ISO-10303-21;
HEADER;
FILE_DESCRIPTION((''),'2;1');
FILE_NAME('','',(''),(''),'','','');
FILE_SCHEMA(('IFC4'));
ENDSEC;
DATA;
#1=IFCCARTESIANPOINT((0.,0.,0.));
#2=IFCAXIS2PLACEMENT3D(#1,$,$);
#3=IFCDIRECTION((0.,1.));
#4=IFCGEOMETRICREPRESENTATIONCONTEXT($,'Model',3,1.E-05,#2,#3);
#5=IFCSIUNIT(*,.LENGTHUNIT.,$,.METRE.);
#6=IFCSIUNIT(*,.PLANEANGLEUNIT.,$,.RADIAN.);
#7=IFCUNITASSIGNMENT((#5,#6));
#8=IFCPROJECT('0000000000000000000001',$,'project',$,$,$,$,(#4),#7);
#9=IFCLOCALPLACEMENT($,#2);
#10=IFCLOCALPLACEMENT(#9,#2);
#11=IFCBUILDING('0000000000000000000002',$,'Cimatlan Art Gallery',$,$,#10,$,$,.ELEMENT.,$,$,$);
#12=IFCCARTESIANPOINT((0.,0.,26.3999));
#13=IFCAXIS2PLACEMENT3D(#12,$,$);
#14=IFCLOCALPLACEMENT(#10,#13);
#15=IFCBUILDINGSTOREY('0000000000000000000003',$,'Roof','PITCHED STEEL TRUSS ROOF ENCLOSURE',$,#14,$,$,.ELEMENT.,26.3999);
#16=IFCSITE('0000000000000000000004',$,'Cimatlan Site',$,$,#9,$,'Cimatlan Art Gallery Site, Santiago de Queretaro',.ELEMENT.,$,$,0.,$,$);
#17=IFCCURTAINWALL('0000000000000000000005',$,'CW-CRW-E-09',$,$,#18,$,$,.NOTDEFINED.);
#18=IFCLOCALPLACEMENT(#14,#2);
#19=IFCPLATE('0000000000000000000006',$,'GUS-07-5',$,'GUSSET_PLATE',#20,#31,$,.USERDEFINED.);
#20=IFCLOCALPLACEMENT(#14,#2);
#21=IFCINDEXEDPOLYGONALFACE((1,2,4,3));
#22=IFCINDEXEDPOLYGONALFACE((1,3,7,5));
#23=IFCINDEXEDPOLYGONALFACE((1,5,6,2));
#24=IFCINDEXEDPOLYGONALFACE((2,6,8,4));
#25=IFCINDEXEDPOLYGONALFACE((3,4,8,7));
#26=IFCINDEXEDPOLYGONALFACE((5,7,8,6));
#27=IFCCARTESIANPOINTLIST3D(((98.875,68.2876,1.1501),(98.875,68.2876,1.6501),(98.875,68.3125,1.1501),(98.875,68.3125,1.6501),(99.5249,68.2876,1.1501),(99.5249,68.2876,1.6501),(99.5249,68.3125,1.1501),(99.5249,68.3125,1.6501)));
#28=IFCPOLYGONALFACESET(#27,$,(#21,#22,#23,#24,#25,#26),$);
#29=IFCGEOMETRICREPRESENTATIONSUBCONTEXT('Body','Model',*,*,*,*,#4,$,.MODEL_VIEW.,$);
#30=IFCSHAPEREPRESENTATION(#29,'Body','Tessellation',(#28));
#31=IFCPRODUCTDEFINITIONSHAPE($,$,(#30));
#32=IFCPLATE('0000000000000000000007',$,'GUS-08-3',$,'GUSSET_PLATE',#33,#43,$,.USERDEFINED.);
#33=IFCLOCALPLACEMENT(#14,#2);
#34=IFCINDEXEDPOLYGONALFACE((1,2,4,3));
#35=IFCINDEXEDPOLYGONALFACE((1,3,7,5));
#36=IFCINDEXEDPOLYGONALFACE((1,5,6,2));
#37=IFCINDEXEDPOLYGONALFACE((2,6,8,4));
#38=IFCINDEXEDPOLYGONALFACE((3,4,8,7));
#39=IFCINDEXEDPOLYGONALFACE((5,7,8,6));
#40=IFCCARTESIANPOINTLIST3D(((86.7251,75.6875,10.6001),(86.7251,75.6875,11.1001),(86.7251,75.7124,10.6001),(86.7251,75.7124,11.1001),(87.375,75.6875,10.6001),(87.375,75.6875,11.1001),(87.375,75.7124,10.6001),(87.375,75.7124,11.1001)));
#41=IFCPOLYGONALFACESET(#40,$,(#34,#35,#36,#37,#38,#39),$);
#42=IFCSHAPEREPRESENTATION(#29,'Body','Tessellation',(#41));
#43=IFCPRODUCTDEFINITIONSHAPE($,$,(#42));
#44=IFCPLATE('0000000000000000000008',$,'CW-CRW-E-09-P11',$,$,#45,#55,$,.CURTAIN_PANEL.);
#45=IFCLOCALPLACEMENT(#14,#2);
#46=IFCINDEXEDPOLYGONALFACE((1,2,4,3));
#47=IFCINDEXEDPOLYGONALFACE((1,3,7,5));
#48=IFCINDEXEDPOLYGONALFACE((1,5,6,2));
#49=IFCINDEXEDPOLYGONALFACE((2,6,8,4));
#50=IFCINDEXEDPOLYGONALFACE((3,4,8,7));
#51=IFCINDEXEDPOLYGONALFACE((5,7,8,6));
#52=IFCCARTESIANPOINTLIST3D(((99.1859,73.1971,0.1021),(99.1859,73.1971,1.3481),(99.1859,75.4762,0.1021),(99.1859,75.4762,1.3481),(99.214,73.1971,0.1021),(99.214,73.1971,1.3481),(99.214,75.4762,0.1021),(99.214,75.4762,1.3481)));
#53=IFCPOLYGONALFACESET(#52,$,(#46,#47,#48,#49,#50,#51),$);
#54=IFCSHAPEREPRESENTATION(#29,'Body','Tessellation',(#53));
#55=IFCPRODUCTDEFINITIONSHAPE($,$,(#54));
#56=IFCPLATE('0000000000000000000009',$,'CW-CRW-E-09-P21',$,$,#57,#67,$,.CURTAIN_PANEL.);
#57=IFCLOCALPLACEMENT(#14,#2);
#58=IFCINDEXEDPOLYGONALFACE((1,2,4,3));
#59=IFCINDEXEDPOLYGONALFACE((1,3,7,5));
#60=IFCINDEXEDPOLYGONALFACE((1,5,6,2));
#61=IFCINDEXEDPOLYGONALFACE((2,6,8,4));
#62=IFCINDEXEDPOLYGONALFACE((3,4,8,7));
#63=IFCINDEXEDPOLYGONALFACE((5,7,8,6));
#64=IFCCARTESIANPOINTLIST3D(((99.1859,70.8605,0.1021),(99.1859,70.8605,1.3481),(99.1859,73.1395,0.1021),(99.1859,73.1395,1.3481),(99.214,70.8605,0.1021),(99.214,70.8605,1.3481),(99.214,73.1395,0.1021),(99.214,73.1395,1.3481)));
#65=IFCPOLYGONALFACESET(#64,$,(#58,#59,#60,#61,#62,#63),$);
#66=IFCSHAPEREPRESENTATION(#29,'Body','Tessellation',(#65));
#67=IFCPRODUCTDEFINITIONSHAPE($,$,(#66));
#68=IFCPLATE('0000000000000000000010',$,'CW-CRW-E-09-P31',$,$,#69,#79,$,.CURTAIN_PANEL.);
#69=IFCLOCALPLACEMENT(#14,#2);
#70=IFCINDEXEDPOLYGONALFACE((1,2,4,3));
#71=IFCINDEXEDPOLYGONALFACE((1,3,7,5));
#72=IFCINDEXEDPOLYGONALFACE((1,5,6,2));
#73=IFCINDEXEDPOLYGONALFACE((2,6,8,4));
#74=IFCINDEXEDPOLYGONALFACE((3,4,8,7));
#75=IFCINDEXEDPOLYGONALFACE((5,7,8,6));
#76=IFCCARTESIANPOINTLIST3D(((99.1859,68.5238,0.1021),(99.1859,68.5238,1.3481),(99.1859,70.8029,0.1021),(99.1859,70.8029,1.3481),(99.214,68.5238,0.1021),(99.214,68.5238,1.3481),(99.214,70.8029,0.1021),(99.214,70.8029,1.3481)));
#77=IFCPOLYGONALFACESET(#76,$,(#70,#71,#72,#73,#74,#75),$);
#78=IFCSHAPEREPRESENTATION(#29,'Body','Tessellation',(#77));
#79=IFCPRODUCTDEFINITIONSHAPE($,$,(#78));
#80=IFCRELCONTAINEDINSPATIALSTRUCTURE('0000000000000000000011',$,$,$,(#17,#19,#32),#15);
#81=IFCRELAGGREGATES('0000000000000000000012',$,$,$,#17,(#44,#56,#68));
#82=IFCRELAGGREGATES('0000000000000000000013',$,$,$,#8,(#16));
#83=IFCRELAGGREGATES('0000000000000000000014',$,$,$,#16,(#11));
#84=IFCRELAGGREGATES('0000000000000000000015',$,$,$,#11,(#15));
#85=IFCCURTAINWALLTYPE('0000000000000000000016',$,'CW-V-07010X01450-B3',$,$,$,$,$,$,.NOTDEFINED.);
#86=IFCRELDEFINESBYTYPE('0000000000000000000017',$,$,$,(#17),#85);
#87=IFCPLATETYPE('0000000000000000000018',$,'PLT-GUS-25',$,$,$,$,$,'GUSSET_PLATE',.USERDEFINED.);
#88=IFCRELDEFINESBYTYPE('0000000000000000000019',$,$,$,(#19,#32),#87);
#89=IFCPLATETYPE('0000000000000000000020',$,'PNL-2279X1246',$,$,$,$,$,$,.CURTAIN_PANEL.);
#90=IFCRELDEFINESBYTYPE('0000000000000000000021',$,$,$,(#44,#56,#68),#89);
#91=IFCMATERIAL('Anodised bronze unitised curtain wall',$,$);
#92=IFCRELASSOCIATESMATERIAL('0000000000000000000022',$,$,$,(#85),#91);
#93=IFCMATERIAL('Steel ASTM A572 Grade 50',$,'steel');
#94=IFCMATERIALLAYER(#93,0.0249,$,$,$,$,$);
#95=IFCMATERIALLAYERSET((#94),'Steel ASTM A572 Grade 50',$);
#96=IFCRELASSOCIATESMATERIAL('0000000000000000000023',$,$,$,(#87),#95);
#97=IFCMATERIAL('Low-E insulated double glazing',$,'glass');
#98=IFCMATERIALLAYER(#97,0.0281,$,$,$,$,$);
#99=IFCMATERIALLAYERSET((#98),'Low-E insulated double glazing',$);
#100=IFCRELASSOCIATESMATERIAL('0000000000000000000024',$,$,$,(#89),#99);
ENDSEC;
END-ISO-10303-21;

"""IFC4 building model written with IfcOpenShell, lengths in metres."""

from ifc_helpers import new_model, si_unit, direction, frame, origin, origin_2d, place, context, subcontext, project, spatial, rectangle, extrude, material, layer, layer_set, type_object, element, aggregate, save


model = new_model("IFC4")

# Units and contexts
model_context = context("Model", 3, precision=1e-05, world=origin(), true_north=direction((0.0, 1.0)))
body_context = subcontext(model_context, "Body", "Model", "MODEL_VIEW")
ifc_project = project(units=[si_unit("LENGTHUNIT", "METRE"), si_unit("PLANEANGLEUNIT", "RADIAN")], contexts=[model_context])

# Site, building, storey
site_placement = place(None, origin())
site = spatial("IfcSite", under=ifc_project, at=site_placement, Name="Cimatlan Site", LongName="Cimatlan Art Gallery Site, Santiago de Queretaro", CompositionType="ELEMENT", RefElevation=0.0)
building_placement = place(site_placement, origin())
building = spatial("IfcBuilding", under=site, at=building_placement, Name="Cimatlan Art Gallery", CompositionType="ELEMENT")
storey_placement = place(building_placement, frame((0.0, 0.0, 26.3999)))
storey = spatial("IfcBuildingStorey", under=building, at=storey_placement, Name="Roof", Description="PITCHED STEEL TRUSS ROOF ENCLOSURE", CompositionType="ELEMENT", Elevation=26.3999)

# Curtain wall
ifc_material_1 = material(Name="Anodised bronze unitised curtain wall")
curtain_wall_type = type_object("IfcCurtainWallType", Name="CW-V-07010X01450-B3", PredefinedType="NOTDEFINED", material=ifc_material_1)
curtain_wall_placement = place(storey_placement, origin())
curtain_wall = element("IfcCurtainWall", 1, at=curtain_wall_placement, inside=storey, type_object=curtain_wall_type, Name="CW-CRW-E-09", PredefinedType="NOTDEFINED")

# Plates
ifc_material_2 = material(Name="Steel ASTM A572 Grade 50", Category="steel")
ifc_layer_1 = layer(ifc_material_2, 0.0249)
ifc_layer_set_1 = layer_set([ifc_layer_1], Name="Steel ASTM A572 Grade 50")
plate_type_1 = type_object("IfcPlateType", Name="PLT-GUS-25", ElementType="GUSSET_PLATE", PredefinedType="USERDEFINED", material=ifc_layer_set_1)
for number, where, z_axis, x_axis, name in (
    (2, (99.2, 68.3, 1.1501), (0.0, 0.0, 1.0), (1.0, 0.0, 0.0), "GUS-07-5"),
    (3, (87.05, 75.7, 10.6001), (0.0, 0.0, 1.0), (1.0, 0.0, 0.0), "GUS-08-3"),
):
    element("IfcPlate", number, at=place(storey_placement, frame(where, z_axis=z_axis, x_axis=x_axis)), inside=storey, type_object=plate_type_1, Name=name, ObjectType="GUSSET_PLATE", PredefinedType="USERDEFINED", context=body_context, shape_type="SweptSolid", body=[
        extrude(rectangle(XDim=0.6499, YDim=0.0249, at=origin_2d()), origin(), (0.0, 0.0, 1.0), 0.5),
    ])

# Plates
ifc_material_3 = material(Name="Low-E insulated double glazing", Category="glass")
ifc_layer_2 = layer(ifc_material_3, 0.0281)
ifc_layer_set_2 = layer_set([ifc_layer_2], Name="Low-E insulated double glazing")
plate_type_2 = type_object("IfcPlateType", Name="PNL-2279X1246", PredefinedType="CURTAIN_PANEL", material=ifc_layer_set_2)
plate_1_placement = place(storey_placement, frame((99.2, 74.3367, 0.1021), z_axis=(0.0, 0.0, 1.0), x_axis=(0.0, -1.0, 0.0)))
plate_1 = element("IfcPlate", 4, at=plate_1_placement, type_object=plate_type_2, Name="CW-CRW-E-09-P11", PredefinedType="CURTAIN_PANEL", context=body_context, shape_type="SweptSolid", body=[
    extrude(rectangle(XDim=2.2791, YDim=0.0281, at=origin_2d()), origin(), (0.0, 0.0, 1.0), 1.2461),
])
plate_2_placement = place(storey_placement, frame((99.2, 72.0, 0.1021), z_axis=(0.0, 0.0, 1.0), x_axis=(0.0, -1.0, 0.0)))
plate_2 = element("IfcPlate", 5, at=plate_2_placement, type_object=plate_type_2, Name="CW-CRW-E-09-P21", PredefinedType="CURTAIN_PANEL", context=body_context, shape_type="SweptSolid", body=[
    extrude(rectangle(XDim=2.2791, YDim=0.0281, at=origin_2d()), origin(), (0.0, 0.0, 1.0), 1.2461),
])
plate_3_placement = place(storey_placement, frame((99.2, 69.6633, 0.1021), z_axis=(0.0, 0.0, 1.0), x_axis=(0.0, -1.0, 0.0)))
plate_3 = element("IfcPlate", 6, at=plate_3_placement, type_object=plate_type_2, Name="CW-CRW-E-09-P31", PredefinedType="CURTAIN_PANEL", context=body_context, shape_type="SweptSolid", body=[
    extrude(rectangle(XDim=2.2791, YDim=0.0281, at=origin_2d()), origin(), (0.0, 0.0, 1.0), 1.2461),
])
aggregate(curtain_wall, [plate_1, plate_2, plate_3])

save(model, "model.ifc")
